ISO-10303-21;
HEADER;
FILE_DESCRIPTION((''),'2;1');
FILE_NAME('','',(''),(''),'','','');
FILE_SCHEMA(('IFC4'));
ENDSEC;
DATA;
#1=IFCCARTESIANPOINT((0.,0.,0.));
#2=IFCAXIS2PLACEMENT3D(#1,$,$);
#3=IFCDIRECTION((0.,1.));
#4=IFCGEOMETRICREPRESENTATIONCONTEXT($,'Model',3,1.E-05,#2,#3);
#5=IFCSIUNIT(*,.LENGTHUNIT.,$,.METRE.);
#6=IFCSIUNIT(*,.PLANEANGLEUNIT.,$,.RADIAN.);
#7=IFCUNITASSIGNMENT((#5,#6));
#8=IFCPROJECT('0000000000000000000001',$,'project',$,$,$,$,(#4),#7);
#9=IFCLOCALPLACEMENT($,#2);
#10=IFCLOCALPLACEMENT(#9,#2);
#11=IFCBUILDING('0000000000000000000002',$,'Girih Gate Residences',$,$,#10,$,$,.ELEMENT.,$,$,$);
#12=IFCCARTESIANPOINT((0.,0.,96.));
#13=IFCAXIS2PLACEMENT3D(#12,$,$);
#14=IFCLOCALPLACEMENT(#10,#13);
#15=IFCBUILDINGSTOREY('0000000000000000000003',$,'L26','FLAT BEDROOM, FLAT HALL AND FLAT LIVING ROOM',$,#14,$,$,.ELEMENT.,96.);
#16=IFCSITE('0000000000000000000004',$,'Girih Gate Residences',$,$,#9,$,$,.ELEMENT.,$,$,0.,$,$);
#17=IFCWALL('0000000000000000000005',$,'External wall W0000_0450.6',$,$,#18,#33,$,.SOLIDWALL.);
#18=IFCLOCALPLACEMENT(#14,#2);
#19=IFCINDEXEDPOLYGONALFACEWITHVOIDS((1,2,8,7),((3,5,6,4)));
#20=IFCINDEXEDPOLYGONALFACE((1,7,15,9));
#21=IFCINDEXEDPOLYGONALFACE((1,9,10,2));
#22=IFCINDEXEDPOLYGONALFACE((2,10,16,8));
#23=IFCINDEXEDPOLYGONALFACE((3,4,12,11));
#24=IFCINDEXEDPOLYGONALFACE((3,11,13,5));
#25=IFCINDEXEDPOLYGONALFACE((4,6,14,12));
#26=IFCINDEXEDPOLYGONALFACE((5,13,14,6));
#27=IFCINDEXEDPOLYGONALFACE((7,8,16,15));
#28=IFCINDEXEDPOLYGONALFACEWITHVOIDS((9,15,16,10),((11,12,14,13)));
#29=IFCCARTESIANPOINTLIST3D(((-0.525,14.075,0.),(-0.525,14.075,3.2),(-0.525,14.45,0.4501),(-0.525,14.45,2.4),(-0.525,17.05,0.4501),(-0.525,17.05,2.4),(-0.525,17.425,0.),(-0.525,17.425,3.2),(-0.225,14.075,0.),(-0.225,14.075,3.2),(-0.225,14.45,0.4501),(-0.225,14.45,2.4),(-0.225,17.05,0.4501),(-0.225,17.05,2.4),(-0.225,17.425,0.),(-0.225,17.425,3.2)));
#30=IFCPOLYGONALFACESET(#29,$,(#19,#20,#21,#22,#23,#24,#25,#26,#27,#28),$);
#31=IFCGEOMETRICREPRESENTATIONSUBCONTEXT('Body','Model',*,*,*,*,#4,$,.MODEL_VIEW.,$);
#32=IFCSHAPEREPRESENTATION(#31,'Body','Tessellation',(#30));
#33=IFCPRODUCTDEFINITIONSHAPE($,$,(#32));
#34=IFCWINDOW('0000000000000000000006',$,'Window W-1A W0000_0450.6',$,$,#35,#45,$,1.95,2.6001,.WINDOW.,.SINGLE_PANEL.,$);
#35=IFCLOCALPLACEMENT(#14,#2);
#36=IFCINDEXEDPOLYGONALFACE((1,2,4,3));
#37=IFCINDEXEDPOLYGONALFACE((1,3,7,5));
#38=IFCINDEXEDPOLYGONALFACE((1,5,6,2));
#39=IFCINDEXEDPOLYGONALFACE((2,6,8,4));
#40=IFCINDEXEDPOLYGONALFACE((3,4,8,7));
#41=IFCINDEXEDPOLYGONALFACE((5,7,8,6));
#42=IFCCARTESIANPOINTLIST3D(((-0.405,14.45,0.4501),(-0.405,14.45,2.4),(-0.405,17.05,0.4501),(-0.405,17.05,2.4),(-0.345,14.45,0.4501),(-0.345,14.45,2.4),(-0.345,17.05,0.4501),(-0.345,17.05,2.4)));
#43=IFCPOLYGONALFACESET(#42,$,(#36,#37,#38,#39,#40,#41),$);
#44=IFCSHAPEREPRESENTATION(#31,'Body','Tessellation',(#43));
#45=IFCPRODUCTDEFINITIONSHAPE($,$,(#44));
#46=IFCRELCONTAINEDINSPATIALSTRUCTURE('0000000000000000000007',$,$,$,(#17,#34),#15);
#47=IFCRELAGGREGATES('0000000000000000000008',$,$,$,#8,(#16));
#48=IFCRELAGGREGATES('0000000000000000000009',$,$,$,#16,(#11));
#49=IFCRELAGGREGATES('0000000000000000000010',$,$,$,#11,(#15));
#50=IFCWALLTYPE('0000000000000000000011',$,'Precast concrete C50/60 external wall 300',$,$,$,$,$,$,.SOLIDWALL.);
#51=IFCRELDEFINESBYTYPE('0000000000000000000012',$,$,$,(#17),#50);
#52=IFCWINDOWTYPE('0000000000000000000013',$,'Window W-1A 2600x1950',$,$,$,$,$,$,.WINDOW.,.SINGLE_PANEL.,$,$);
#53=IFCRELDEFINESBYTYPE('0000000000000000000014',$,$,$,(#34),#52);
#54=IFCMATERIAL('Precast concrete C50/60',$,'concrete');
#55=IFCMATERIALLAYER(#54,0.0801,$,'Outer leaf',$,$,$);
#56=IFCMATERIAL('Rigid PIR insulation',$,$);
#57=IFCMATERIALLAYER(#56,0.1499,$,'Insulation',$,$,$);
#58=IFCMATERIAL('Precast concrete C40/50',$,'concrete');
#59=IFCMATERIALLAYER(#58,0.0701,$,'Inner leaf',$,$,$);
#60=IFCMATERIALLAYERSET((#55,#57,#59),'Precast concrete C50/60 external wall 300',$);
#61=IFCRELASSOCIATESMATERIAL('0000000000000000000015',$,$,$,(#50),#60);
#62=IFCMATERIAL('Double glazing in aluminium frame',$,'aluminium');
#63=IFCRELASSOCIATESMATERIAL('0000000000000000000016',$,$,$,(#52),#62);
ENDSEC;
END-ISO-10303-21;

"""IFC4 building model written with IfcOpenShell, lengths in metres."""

from ifc_helpers import new_model, si_unit, direction, frame, frame_2d, origin, place, context, subcontext, project, spatial, rectangle, extrude, material, layer, layer_set, type_object, element, fill, save


model = new_model("IFC4")

# Units and contexts
model_context = context("Model", 3, precision=1e-05, world=origin(), true_north=direction((0.0, 1.0)))
body_context = subcontext(model_context, "Body", "Model", "MODEL_VIEW")
ifc_project = project(units=[si_unit("LENGTHUNIT", "METRE"), si_unit("PLANEANGLEUNIT", "RADIAN")], contexts=[model_context])

# Site, building, storey
site_placement = place(None, origin())
site = spatial("IfcSite", under=ifc_project, at=site_placement, Name="Girih Gate Residences", CompositionType="ELEMENT", RefElevation=0.0)
building_placement = place(site_placement, origin())
building = spatial("IfcBuilding", under=site, at=building_placement, Name="Girih Gate Residences", CompositionType="ELEMENT")
storey_placement = place(building_placement, frame((0.0, 0.0, 96.0)))
storey = spatial("IfcBuildingStorey", under=building, at=storey_placement, Name="L26", Description="FLAT BEDROOM, FLAT HALL AND FLAT LIVING ROOM", CompositionType="ELEMENT", Elevation=96.0)

# Wall, opening, window
ifc_material_1 = material(Name="Precast concrete C50/60", Category="concrete")
ifc_layer_1 = layer(ifc_material_1, 0.0801, Name="Outer leaf")
ifc_material_2 = material(Name="Rigid PIR insulation")
ifc_layer_2 = layer(ifc_material_2, 0.1499, Name="Insulation")
ifc_material_3 = material(Name="Precast concrete C40/50", Category="concrete")
ifc_layer_3 = layer(ifc_material_3, 0.0701, Name="Inner leaf")
ifc_layer_set_1 = layer_set([ifc_layer_1, ifc_layer_2, ifc_layer_3], Name="Precast concrete C50/60 external wall 300")
wall_type_1 = type_object("IfcWallType", Name="Precast concrete C50/60 external wall 300", PredefinedType="SOLIDWALL", material=ifc_layer_set_1)
ifc_material_4 = material(Name="Double glazing in aluminium frame", Category="aluminium")
window_type = type_object("IfcWindowType", Name="Window W-1A 2600x1950", PartitioningType="SINGLE_PANEL", PredefinedType="WINDOW", material=ifc_material_4)
wall_1_placement = place(storey_placement, frame((-0.375, 14.075, 0.0), z_axis=(0.0, 0.0, 1.0), x_axis=(0.0, 1.0, 0.0)))
wall_1 = element("IfcWall", 1, at=wall_1_placement, inside=storey, type_object=wall_type_1, Name="External wall W0000_0450.6", PredefinedType="SOLIDWALL", context=body_context, shape_type="SweptSolid", body=[
    extrude(rectangle(XDim=3.3501, YDim=0.3, at=frame_2d((1.675, 0.0))), origin(), (0.0, 0.0, 1.0), 3.2),
])
opening_1_placement = place(wall_1_placement, frame((0.375, 0.0, 0.45)))
opening_1 = element("IfcOpeningElement", 2, at=opening_1_placement, cuts=wall_1, PredefinedType="OPENING", context=body_context, shape_type="SweptSolid", body=[
    extrude(rectangle(XDim=2.6001, YDim=1.95, at=frame_2d((1.3, 0.9751))), frame((0.0, 0.1599, 0.0), z_axis=(0.0, -1.0, 0.0), x_axis=(1.0, 0.0, 0.0)), (0.0, 0.0, 1.0), 0.3201),
])
window_1_placement = place(opening_1_placement, origin())
window_1 = element("IfcWindow", 3, at=window_1_placement, inside=storey, type_object=window_type, Name="Window W-1A W0000_0450.6", OverallHeight=1.95, OverallWidth=2.6001, PartitioningType="SINGLE_PANEL", PredefinedType="WINDOW", context=body_context, shape_type="SweptSolid", body=[
    extrude(rectangle(XDim=2.6001, YDim=1.95, at=frame_2d((1.3, 0.9751))), frame((0.0, 0.03, 0.0), z_axis=(0.0, -1.0, 0.0), x_axis=(1.0, 0.0, 0.0)), (0.0, 0.0, 1.0), 0.0601),
])
fill(opening_1, window_1)

save(model, "model.ifc")
